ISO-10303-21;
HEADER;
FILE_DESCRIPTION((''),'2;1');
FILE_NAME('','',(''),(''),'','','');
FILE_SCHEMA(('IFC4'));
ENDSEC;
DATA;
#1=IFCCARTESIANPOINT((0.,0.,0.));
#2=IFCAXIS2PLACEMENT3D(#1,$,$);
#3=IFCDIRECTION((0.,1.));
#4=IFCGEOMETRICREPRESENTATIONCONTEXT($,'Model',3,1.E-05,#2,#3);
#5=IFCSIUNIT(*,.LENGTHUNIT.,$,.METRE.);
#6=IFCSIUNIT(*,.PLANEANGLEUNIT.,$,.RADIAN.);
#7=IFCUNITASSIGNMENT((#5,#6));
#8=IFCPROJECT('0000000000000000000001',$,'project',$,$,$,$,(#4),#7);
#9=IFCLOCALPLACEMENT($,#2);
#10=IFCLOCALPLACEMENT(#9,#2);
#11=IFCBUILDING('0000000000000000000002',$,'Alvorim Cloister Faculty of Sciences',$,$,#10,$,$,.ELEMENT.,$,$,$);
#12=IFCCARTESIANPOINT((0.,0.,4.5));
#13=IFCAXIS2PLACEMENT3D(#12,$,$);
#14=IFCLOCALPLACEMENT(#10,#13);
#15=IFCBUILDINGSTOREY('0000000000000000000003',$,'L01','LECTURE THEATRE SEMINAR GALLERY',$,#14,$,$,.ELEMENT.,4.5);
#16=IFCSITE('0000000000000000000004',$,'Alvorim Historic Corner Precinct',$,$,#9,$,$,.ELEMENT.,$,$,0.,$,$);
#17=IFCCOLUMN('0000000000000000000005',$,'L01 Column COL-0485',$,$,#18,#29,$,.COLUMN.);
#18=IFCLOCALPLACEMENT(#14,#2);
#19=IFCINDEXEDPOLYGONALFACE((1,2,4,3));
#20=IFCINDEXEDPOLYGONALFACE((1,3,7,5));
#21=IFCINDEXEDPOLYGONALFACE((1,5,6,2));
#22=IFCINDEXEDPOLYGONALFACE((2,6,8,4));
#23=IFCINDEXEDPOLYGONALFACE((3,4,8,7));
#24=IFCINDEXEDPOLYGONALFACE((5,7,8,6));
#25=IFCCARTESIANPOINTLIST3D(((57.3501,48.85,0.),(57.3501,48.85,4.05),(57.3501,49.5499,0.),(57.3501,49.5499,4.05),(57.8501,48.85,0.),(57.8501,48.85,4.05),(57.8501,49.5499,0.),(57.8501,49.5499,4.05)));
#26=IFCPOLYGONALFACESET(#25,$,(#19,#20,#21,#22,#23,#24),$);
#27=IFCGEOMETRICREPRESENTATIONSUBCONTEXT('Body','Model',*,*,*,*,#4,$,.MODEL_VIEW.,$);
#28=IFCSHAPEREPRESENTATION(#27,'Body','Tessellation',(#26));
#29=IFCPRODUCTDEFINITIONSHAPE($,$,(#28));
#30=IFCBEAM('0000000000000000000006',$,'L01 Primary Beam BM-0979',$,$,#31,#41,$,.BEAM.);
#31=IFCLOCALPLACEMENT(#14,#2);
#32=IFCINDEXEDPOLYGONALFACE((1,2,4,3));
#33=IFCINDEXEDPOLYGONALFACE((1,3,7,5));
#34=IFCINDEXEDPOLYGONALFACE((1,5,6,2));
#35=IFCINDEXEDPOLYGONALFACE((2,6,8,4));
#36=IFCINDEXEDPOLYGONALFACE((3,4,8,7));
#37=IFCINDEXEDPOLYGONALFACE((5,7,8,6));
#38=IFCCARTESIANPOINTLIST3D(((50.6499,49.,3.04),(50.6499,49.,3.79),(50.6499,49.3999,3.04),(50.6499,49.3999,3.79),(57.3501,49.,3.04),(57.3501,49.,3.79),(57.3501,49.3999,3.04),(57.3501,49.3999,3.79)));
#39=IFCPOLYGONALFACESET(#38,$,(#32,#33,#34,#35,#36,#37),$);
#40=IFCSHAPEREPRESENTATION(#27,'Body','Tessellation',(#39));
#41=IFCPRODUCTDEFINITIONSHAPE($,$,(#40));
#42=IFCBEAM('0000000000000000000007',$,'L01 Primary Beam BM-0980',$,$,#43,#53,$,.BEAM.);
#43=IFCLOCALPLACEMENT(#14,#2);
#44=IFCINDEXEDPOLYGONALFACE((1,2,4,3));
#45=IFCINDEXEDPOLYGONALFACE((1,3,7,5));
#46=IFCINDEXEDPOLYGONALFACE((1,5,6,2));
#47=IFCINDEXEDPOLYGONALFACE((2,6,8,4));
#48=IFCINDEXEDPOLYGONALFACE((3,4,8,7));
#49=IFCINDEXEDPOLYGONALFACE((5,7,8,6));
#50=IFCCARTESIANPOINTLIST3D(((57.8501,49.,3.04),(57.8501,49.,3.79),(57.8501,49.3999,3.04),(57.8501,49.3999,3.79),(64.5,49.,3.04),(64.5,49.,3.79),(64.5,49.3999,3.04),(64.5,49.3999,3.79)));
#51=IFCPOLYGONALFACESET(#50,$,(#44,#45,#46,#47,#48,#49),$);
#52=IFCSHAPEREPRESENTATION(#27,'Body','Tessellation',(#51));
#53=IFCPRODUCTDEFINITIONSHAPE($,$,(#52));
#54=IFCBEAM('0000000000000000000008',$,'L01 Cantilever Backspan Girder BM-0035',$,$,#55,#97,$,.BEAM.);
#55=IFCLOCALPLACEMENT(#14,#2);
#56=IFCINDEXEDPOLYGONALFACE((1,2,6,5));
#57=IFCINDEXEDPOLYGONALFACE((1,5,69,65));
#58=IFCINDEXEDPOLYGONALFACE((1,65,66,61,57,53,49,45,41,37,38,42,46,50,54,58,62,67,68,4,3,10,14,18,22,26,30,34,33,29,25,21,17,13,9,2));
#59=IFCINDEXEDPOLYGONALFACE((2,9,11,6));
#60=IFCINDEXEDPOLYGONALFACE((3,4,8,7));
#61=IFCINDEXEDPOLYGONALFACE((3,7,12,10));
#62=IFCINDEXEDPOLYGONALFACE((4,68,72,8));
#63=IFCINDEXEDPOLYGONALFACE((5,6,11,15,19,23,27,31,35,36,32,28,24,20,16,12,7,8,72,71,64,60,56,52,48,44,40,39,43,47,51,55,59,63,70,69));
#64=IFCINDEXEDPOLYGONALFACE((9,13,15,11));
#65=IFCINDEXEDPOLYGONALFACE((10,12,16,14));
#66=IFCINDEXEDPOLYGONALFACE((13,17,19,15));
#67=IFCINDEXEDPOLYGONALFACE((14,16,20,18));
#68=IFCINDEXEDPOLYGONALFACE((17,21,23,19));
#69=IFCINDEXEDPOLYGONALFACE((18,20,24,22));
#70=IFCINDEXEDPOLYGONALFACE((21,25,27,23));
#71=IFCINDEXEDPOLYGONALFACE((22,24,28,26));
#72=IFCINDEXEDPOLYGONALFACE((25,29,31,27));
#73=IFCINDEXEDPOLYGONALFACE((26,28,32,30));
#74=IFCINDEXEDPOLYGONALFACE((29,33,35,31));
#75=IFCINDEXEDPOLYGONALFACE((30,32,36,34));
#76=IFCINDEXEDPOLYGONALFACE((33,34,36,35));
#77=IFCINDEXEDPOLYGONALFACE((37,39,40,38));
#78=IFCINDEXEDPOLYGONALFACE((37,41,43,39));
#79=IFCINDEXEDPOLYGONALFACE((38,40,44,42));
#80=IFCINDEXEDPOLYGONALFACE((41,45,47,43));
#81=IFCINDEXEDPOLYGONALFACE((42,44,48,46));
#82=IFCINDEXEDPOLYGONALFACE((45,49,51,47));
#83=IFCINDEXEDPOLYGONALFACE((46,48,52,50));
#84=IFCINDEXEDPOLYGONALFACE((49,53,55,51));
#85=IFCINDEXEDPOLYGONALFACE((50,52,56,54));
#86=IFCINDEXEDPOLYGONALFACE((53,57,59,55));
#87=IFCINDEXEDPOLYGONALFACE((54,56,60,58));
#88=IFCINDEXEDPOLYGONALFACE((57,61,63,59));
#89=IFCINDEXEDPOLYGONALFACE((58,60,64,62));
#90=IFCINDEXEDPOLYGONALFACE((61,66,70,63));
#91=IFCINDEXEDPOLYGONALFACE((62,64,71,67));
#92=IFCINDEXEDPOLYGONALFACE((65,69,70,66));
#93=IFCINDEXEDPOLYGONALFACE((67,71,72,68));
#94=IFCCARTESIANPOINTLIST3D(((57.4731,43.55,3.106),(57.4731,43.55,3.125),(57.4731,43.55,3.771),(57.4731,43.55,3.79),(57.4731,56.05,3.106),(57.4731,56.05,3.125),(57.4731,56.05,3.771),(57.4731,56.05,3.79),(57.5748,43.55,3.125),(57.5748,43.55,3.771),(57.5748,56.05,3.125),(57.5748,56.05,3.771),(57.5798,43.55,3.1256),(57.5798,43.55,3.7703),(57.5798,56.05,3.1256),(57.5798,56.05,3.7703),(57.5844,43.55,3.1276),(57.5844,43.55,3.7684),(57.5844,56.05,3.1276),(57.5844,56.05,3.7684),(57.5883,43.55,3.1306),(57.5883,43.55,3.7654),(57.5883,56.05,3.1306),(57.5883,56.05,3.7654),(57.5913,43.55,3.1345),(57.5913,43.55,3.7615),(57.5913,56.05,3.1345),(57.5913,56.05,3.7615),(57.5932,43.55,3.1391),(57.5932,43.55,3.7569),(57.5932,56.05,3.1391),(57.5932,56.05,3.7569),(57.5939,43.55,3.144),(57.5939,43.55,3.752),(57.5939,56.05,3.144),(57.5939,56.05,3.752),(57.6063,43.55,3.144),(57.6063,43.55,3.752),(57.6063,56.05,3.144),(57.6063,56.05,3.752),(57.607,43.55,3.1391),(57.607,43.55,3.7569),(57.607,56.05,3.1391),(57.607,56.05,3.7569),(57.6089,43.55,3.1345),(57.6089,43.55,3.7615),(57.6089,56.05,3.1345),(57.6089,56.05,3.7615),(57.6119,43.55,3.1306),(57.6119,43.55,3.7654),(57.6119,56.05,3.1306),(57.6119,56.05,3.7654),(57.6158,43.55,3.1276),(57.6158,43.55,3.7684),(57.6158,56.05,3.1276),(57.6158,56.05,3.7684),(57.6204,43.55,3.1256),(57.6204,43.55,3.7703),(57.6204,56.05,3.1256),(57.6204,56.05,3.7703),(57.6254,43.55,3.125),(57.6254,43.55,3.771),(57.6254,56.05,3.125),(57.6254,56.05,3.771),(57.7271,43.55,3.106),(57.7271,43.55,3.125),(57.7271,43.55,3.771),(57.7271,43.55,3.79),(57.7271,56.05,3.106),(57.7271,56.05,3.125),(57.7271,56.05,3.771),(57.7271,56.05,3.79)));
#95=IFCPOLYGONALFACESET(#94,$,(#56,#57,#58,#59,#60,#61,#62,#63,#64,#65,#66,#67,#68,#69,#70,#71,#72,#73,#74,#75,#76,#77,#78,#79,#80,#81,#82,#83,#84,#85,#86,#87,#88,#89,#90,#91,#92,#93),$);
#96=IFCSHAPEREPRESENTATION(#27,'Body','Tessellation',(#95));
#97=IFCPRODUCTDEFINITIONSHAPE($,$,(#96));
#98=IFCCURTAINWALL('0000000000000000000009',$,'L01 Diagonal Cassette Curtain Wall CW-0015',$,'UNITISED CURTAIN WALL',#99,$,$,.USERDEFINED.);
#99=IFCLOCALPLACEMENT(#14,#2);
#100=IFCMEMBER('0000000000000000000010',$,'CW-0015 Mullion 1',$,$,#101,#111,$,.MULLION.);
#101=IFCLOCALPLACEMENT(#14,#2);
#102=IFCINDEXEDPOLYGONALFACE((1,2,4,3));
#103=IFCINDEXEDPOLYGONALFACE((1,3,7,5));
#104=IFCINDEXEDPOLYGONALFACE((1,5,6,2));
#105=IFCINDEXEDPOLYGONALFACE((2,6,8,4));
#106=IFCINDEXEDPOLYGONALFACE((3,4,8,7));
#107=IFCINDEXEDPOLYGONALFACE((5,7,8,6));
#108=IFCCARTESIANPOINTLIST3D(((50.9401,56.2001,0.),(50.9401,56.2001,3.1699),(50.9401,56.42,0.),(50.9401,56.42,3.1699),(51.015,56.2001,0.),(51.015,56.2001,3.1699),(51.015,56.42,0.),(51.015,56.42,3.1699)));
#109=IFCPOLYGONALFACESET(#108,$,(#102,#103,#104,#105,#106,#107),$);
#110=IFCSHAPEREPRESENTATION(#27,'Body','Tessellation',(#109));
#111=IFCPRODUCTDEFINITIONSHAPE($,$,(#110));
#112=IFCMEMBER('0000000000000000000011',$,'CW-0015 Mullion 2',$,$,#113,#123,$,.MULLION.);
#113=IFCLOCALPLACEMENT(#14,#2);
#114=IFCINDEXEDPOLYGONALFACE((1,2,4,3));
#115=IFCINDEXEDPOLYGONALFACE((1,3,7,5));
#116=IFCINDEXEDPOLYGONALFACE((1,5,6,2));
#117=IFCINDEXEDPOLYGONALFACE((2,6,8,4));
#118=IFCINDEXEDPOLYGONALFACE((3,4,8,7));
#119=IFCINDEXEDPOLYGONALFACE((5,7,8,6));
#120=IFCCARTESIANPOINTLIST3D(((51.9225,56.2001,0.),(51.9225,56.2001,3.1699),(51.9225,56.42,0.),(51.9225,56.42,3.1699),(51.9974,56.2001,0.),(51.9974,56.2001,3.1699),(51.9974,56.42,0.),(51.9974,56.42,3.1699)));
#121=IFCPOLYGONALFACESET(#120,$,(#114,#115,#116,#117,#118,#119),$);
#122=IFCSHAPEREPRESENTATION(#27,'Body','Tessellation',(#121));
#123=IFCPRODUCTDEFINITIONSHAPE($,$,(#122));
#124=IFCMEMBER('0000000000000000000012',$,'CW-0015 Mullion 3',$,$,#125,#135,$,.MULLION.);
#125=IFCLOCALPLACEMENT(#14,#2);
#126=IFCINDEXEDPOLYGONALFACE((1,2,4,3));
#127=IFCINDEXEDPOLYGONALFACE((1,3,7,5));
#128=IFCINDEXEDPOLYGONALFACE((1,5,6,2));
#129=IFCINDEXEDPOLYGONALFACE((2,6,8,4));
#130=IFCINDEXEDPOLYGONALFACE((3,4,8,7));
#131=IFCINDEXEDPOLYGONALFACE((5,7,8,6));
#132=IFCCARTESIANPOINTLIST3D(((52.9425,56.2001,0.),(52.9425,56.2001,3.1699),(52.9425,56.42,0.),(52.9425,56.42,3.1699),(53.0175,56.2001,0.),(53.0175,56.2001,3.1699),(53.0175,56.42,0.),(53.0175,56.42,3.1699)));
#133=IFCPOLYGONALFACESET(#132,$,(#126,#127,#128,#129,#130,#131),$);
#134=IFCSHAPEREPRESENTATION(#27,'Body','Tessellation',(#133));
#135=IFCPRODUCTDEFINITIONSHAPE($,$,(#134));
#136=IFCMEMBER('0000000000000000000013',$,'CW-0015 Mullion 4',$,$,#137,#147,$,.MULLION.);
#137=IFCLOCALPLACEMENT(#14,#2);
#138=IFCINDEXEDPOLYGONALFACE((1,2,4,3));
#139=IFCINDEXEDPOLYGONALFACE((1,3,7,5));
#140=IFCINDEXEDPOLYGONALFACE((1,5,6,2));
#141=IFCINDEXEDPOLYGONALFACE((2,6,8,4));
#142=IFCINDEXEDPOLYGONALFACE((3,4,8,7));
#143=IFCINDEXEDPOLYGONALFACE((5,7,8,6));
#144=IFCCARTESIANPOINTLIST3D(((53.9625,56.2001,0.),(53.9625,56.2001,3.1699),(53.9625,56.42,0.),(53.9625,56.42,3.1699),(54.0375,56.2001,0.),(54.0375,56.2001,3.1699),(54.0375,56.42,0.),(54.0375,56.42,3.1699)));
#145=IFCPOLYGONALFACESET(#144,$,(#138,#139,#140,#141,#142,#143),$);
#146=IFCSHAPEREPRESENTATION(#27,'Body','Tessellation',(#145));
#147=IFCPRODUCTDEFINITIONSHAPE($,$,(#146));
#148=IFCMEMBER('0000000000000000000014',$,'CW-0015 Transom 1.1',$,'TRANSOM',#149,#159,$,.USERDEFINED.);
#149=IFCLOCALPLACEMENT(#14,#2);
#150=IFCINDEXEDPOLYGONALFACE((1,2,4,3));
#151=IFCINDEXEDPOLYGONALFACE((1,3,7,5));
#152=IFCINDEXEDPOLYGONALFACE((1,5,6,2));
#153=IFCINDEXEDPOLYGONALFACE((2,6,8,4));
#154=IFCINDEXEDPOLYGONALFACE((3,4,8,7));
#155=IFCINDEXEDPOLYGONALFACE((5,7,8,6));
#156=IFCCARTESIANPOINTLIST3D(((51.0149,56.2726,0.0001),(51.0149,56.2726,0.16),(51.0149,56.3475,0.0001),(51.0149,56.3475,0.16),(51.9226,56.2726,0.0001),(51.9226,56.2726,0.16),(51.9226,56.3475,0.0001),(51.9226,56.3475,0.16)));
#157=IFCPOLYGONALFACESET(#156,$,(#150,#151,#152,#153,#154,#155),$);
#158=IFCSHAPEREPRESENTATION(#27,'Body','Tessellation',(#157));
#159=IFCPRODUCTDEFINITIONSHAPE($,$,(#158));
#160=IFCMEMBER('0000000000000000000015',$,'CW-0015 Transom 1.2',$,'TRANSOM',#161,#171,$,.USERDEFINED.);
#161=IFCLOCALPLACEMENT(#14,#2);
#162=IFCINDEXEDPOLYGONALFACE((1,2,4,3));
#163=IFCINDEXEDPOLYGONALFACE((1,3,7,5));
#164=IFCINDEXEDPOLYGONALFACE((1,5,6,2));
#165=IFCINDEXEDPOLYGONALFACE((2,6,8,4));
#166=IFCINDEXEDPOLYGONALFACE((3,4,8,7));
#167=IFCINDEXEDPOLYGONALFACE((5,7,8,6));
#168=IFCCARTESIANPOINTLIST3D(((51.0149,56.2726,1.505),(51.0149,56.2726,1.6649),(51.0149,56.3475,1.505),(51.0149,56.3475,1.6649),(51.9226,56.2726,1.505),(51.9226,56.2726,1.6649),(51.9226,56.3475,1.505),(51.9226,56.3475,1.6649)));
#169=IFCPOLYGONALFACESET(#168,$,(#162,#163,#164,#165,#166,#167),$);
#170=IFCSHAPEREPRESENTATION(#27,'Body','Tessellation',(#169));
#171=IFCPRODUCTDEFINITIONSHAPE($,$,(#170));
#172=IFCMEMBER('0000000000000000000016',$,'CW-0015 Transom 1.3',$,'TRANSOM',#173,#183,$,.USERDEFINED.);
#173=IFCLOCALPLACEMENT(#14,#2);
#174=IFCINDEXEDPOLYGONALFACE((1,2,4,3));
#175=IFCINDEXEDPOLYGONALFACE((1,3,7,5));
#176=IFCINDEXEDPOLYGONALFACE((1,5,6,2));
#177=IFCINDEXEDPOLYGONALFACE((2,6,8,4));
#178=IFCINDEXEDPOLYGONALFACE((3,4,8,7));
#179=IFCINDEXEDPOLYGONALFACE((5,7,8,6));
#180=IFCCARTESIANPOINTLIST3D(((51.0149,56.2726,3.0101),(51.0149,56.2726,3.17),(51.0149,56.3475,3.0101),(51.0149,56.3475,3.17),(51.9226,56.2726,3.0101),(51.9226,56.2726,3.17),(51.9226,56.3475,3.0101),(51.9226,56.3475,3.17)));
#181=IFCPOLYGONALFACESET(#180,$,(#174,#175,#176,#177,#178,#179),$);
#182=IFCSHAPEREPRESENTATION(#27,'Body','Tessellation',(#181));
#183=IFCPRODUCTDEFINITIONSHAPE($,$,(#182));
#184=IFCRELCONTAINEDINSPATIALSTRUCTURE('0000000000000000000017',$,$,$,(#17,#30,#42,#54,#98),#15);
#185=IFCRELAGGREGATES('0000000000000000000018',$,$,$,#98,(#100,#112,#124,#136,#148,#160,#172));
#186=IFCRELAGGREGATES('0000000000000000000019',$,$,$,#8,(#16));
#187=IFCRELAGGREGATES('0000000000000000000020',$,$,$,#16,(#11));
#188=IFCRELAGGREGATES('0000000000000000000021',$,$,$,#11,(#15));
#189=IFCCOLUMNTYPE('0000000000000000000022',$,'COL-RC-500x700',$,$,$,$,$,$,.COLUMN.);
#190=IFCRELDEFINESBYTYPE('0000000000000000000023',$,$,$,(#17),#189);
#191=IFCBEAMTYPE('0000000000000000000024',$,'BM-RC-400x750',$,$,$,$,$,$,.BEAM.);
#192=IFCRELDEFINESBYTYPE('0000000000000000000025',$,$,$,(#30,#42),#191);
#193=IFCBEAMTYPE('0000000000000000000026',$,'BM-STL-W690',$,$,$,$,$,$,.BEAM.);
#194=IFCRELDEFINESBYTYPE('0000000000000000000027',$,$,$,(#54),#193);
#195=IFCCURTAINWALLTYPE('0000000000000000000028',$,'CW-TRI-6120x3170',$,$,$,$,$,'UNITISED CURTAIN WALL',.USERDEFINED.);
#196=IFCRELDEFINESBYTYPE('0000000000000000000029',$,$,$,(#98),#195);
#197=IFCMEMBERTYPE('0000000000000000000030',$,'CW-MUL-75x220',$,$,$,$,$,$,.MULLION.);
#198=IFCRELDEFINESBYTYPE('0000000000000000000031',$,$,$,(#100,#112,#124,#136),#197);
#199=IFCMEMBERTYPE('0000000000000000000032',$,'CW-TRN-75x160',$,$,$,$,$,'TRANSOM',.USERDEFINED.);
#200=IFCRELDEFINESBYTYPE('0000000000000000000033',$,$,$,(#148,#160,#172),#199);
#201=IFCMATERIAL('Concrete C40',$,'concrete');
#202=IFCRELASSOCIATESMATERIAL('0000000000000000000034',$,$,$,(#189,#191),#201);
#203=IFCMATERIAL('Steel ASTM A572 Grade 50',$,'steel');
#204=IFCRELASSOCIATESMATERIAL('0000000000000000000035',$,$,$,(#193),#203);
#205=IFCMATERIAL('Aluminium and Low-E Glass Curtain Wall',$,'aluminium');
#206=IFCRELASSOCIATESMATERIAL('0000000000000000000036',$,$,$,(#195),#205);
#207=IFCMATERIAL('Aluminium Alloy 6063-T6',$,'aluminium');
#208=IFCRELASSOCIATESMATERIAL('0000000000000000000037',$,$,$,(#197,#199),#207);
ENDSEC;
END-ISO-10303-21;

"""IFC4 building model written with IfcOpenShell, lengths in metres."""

from ifc_helpers import new_model, si_unit, direction, frame, origin, origin_2d, place, context, subcontext, project, spatial, rectangle, i_section, extrude, material, material_profile, profile_set, type_object, element, aggregate, save


model = new_model("IFC4")

# Units and contexts
model_context = context("Model", 3, precision=1e-05, world=origin(), true_north=direction((0.0, 1.0)))
body_context = subcontext(model_context, "Body", "Model", "MODEL_VIEW")
ifc_project = project(units=[si_unit("LENGTHUNIT", "METRE"), si_unit("PLANEANGLEUNIT", "RADIAN")], contexts=[model_context])

# Site, building, storey
site_placement = place(None, origin())
site = spatial("IfcSite", under=ifc_project, at=site_placement, Name="Alvorim Historic Corner Precinct", CompositionType="ELEMENT", RefElevation=0.0)
building_placement = place(site_placement, origin())
building = spatial("IfcBuilding", under=site, at=building_placement, Name="Alvorim Cloister Faculty of Sciences", CompositionType="ELEMENT")
storey_placement = place(building_placement, frame((0.0, 0.0, 4.5)))
storey = spatial("IfcBuildingStorey", under=building, at=storey_placement, Name="L01", Description="LECTURE THEATRE SEMINAR GALLERY", CompositionType="ELEMENT", Elevation=4.5)

# Column
ifc_material_1 = material(Name="Concrete C40", Category="concrete")
ifc_material_profile_1 = material_profile(ifc_material_1, rectangle(XDim=0.5, YDim=0.7, at=origin_2d()), Name="RC40-COL-500x700")
ifc_profile_set_1 = profile_set([ifc_material_profile_1], Name="Concrete C40")
column_type = type_object("IfcColumnType", Name="COL-RC-500x700", PredefinedType="COLUMN", material=ifc_profile_set_1)
column_placement = place(storey_placement, frame((57.6001, 49.2, 0.0), z_axis=(0.0, 0.0, 1.0), x_axis=(1.0, 0.0, 0.0)))
element("IfcColumn", 1, at=column_placement, inside=storey, type_object=column_type, Name="L01 Column COL-0485", PredefinedType="COLUMN", context=body_context, shape_type="SweptSolid", body=[
    extrude(rectangle(XDim=0.5, YDim=0.7, at=origin_2d()), origin(), (0.0, 0.0, 1.0), 4.05),
])

# Beams
ifc_material_profile_2 = material_profile(ifc_material_1, rectangle(XDim=0.3999, YDim=0.75, at=origin_2d()), Name="RC40-BM-400x750")
ifc_profile_set_2 = profile_set([ifc_material_profile_2], Name="Concrete C40")
beam_type_1 = type_object("IfcBeamType", Name="BM-RC-400x750", PredefinedType="BEAM", material=ifc_profile_set_2)
beam_1_placement = place(storey_placement, frame((50.6499, 49.2, 3.415), z_axis=(1.0, 0.0, 0.0), x_axis=(0.0, 1.0, 0.0)))
element("IfcBeam", 2, at=beam_1_placement, inside=storey, type_object=beam_type_1, Name="L01 Primary Beam BM-0979", PredefinedType="BEAM", context=body_context, shape_type="SweptSolid", body=[
    extrude(rectangle(XDim=0.3999, YDim=0.75, at=origin_2d()), origin(), (0.0, 0.0, 1.0), 6.7002),
])
beam_2_placement = place(storey_placement, frame((57.8501, 49.2, 3.415), z_axis=(1.0, 0.0, 0.0), x_axis=(0.0, 1.0, 0.0)))
element("IfcBeam", 3, at=beam_2_placement, inside=storey, type_object=beam_type_1, Name="L01 Primary Beam BM-0980", PredefinedType="BEAM", context=body_context, shape_type="SweptSolid", body=[
    extrude(rectangle(XDim=0.3999, YDim=0.75, at=origin_2d()), origin(), (0.0, 0.0, 1.0), 6.6499),
])
ifc_material_2 = material(Name="Steel ASTM A572 Grade 50", Category="steel")
ifc_material_profile_3 = material_profile(ifc_material_2, i_section(OverallWidth=0.2539, OverallDepth=0.6841, WebThickness=0.0125, FlangeThickness=0.019, FilletRadius=0.019, at=origin_2d()), Name="W690x140.0")
ifc_profile_set_3 = profile_set([ifc_material_profile_3], Name="Steel ASTM A572 Grade 50")
beam_type_2 = type_object("IfcBeamType", Name="BM-STL-W690", PredefinedType="BEAM", material=ifc_profile_set_3)
beam_3_placement = place(storey_placement, frame((57.6001, 43.55, 3.448), z_axis=(0.0, 1.0, 0.0), x_axis=(-1.0, 0.0, 0.0)))
element("IfcBeam", 4, at=beam_3_placement, inside=storey, type_object=beam_type_2, Name="L01 Cantilever Backspan Girder BM-0035", PredefinedType="BEAM", context=body_context, shape_type="SweptSolid", body=[
    extrude(i_section(OverallWidth=0.2539, OverallDepth=0.6841, WebThickness=0.0125, FlangeThickness=0.019, FilletRadius=0.019, at=origin_2d()), origin(), (0.0, 0.0, 1.0), 12.5),
])

# Curtain wall, members
ifc_material_3 = material(Name="Aluminium and Low-E Glass Curtain Wall", Category="aluminium")
curtain_wall_type = type_object("IfcCurtainWallType", Name="CW-TRI-6120x3170", ElementType="UNITISED CURTAIN WALL", PredefinedType="USERDEFINED", material=ifc_material_3)
curtain_wall_placement = place(storey_placement, origin())
curtain_wall = element("IfcCurtainWall", 5, at=curtain_wall_placement, inside=storey, type_object=curtain_wall_type, Name="L01 Diagonal Cassette Curtain Wall CW-0015", ObjectType="UNITISED CURTAIN WALL", PredefinedType="USERDEFINED")
ifc_material_4 = material(Name="Aluminium Alloy 6063-T6", Category="aluminium")
ifc_material_profile_4 = material_profile(ifc_material_4, rectangle(XDim=0.075, YDim=0.22, at=origin_2d()), Name="ALU-MUL-75x220")
ifc_profile_set_4 = profile_set([ifc_material_profile_4], Name="Aluminium Alloy 6063-T6")
member_type_1 = type_object("IfcMemberType", Name="CW-MUL-75x220", PredefinedType="MULLION", material=ifc_profile_set_4)
member_1_placement = place(storey_placement, frame((50.9775, 56.3101, 0.0), z_axis=(0.0, 0.0, 1.0), x_axis=(1.0, 0.0, 0.0)))
member_1 = element("IfcMember", 6, at=member_1_placement, type_object=member_type_1, Name="CW-0015 Mullion 1", PredefinedType="MULLION", context=body_context, shape_type="SweptSolid", body=[
    extrude(rectangle(XDim=0.075, YDim=0.22, at=origin_2d()), origin(), (0.0, 0.0, 1.0), 3.1699),
])
member_2_placement = place(storey_placement, frame((51.96, 56.3101, 0.0), z_axis=(0.0, 0.0, 1.0), x_axis=(1.0, 0.0, 0.0)))
member_2 = element("IfcMember", 7, at=member_2_placement, type_object=member_type_1, Name="CW-0015 Mullion 2", PredefinedType="MULLION", context=body_context, shape_type="SweptSolid", body=[
    extrude(rectangle(XDim=0.075, YDim=0.22, at=origin_2d()), origin(), (0.0, 0.0, 1.0), 3.1699),
])
member_3_placement = place(storey_placement, frame((52.98, 56.3101, 0.0), z_axis=(0.0, 0.0, 1.0), x_axis=(1.0, 0.0, 0.0)))
member_3 = element("IfcMember", 8, at=member_3_placement, type_object=member_type_1, Name="CW-0015 Mullion 3", PredefinedType="MULLION", context=body_context, shape_type="SweptSolid", body=[
    extrude(rectangle(XDim=0.075, YDim=0.22, at=origin_2d()), origin(), (0.0, 0.0, 1.0), 3.1699),
])
member_4_placement = place(storey_placement, frame((54.0, 56.3101, 0.0), z_axis=(0.0, 0.0, 1.0), x_axis=(1.0, 0.0, 0.0)))
member_4 = element("IfcMember", 9, at=member_4_placement, type_object=member_type_1, Name="CW-0015 Mullion 4", PredefinedType="MULLION", context=body_context, shape_type="SweptSolid", body=[
    extrude(rectangle(XDim=0.075, YDim=0.22, at=origin_2d()), origin(), (0.0, 0.0, 1.0), 3.1699),
])
ifc_material_profile_5 = material_profile(ifc_material_4, rectangle(XDim=0.075, YDim=0.1599, at=origin_2d()), Name="ALU-TRN-75x160")
ifc_profile_set_5 = profile_set([ifc_material_profile_5], Name="Aluminium Alloy 6063-T6")
member_type_2 = type_object("IfcMemberType", Name="CW-TRN-75x160", ElementType="TRANSOM", PredefinedType="USERDEFINED", material=ifc_profile_set_5)
member_5_placement = place(storey_placement, frame((51.0149, 56.3101, 0.0801), z_axis=(1.0, 0.0, 0.0), x_axis=(0.0, 1.0, 0.0)))
member_5 = element("IfcMember", 10, at=member_5_placement, type_object=member_type_2, Name="CW-0015 Transom 1.1", ObjectType="TRANSOM", PredefinedType="USERDEFINED", context=body_context, shape_type="SweptSolid", body=[
    extrude(rectangle(XDim=0.075, YDim=0.1599, at=origin_2d()), origin(), (0.0, 0.0, 1.0), 0.9077),
])
member_6_placement = place(storey_placement, frame((51.0149, 56.3101, 1.585), z_axis=(1.0, 0.0, 0.0), x_axis=(0.0, 1.0, 0.0)))
member_6 = element("IfcMember", 11, at=member_6_placement, type_object=member_type_2, Name="CW-0015 Transom 1.2", ObjectType="TRANSOM", PredefinedType="USERDEFINED", context=body_context, shape_type="SweptSolid", body=[
    extrude(rectangle(XDim=0.075, YDim=0.1599, at=origin_2d()), origin(), (0.0, 0.0, 1.0), 0.9077),
])
member_7_placement = place(storey_placement, frame((51.0149, 56.3101, 3.0901), z_axis=(1.0, 0.0, 0.0), x_axis=(0.0, 1.0, 0.0)))
member_7 = element("IfcMember", 12, at=member_7_placement, type_object=member_type_2, Name="CW-0015 Transom 1.3", ObjectType="TRANSOM", PredefinedType="USERDEFINED", context=body_context, shape_type="SweptSolid", body=[
    extrude(rectangle(XDim=0.075, YDim=0.1599, at=origin_2d()), origin(), (0.0, 0.0, 1.0), 0.9077),
])
aggregate(curtain_wall, [member_1, member_2, member_3, member_4, member_5, member_6, member_7])

save(model, "model.ifc")
